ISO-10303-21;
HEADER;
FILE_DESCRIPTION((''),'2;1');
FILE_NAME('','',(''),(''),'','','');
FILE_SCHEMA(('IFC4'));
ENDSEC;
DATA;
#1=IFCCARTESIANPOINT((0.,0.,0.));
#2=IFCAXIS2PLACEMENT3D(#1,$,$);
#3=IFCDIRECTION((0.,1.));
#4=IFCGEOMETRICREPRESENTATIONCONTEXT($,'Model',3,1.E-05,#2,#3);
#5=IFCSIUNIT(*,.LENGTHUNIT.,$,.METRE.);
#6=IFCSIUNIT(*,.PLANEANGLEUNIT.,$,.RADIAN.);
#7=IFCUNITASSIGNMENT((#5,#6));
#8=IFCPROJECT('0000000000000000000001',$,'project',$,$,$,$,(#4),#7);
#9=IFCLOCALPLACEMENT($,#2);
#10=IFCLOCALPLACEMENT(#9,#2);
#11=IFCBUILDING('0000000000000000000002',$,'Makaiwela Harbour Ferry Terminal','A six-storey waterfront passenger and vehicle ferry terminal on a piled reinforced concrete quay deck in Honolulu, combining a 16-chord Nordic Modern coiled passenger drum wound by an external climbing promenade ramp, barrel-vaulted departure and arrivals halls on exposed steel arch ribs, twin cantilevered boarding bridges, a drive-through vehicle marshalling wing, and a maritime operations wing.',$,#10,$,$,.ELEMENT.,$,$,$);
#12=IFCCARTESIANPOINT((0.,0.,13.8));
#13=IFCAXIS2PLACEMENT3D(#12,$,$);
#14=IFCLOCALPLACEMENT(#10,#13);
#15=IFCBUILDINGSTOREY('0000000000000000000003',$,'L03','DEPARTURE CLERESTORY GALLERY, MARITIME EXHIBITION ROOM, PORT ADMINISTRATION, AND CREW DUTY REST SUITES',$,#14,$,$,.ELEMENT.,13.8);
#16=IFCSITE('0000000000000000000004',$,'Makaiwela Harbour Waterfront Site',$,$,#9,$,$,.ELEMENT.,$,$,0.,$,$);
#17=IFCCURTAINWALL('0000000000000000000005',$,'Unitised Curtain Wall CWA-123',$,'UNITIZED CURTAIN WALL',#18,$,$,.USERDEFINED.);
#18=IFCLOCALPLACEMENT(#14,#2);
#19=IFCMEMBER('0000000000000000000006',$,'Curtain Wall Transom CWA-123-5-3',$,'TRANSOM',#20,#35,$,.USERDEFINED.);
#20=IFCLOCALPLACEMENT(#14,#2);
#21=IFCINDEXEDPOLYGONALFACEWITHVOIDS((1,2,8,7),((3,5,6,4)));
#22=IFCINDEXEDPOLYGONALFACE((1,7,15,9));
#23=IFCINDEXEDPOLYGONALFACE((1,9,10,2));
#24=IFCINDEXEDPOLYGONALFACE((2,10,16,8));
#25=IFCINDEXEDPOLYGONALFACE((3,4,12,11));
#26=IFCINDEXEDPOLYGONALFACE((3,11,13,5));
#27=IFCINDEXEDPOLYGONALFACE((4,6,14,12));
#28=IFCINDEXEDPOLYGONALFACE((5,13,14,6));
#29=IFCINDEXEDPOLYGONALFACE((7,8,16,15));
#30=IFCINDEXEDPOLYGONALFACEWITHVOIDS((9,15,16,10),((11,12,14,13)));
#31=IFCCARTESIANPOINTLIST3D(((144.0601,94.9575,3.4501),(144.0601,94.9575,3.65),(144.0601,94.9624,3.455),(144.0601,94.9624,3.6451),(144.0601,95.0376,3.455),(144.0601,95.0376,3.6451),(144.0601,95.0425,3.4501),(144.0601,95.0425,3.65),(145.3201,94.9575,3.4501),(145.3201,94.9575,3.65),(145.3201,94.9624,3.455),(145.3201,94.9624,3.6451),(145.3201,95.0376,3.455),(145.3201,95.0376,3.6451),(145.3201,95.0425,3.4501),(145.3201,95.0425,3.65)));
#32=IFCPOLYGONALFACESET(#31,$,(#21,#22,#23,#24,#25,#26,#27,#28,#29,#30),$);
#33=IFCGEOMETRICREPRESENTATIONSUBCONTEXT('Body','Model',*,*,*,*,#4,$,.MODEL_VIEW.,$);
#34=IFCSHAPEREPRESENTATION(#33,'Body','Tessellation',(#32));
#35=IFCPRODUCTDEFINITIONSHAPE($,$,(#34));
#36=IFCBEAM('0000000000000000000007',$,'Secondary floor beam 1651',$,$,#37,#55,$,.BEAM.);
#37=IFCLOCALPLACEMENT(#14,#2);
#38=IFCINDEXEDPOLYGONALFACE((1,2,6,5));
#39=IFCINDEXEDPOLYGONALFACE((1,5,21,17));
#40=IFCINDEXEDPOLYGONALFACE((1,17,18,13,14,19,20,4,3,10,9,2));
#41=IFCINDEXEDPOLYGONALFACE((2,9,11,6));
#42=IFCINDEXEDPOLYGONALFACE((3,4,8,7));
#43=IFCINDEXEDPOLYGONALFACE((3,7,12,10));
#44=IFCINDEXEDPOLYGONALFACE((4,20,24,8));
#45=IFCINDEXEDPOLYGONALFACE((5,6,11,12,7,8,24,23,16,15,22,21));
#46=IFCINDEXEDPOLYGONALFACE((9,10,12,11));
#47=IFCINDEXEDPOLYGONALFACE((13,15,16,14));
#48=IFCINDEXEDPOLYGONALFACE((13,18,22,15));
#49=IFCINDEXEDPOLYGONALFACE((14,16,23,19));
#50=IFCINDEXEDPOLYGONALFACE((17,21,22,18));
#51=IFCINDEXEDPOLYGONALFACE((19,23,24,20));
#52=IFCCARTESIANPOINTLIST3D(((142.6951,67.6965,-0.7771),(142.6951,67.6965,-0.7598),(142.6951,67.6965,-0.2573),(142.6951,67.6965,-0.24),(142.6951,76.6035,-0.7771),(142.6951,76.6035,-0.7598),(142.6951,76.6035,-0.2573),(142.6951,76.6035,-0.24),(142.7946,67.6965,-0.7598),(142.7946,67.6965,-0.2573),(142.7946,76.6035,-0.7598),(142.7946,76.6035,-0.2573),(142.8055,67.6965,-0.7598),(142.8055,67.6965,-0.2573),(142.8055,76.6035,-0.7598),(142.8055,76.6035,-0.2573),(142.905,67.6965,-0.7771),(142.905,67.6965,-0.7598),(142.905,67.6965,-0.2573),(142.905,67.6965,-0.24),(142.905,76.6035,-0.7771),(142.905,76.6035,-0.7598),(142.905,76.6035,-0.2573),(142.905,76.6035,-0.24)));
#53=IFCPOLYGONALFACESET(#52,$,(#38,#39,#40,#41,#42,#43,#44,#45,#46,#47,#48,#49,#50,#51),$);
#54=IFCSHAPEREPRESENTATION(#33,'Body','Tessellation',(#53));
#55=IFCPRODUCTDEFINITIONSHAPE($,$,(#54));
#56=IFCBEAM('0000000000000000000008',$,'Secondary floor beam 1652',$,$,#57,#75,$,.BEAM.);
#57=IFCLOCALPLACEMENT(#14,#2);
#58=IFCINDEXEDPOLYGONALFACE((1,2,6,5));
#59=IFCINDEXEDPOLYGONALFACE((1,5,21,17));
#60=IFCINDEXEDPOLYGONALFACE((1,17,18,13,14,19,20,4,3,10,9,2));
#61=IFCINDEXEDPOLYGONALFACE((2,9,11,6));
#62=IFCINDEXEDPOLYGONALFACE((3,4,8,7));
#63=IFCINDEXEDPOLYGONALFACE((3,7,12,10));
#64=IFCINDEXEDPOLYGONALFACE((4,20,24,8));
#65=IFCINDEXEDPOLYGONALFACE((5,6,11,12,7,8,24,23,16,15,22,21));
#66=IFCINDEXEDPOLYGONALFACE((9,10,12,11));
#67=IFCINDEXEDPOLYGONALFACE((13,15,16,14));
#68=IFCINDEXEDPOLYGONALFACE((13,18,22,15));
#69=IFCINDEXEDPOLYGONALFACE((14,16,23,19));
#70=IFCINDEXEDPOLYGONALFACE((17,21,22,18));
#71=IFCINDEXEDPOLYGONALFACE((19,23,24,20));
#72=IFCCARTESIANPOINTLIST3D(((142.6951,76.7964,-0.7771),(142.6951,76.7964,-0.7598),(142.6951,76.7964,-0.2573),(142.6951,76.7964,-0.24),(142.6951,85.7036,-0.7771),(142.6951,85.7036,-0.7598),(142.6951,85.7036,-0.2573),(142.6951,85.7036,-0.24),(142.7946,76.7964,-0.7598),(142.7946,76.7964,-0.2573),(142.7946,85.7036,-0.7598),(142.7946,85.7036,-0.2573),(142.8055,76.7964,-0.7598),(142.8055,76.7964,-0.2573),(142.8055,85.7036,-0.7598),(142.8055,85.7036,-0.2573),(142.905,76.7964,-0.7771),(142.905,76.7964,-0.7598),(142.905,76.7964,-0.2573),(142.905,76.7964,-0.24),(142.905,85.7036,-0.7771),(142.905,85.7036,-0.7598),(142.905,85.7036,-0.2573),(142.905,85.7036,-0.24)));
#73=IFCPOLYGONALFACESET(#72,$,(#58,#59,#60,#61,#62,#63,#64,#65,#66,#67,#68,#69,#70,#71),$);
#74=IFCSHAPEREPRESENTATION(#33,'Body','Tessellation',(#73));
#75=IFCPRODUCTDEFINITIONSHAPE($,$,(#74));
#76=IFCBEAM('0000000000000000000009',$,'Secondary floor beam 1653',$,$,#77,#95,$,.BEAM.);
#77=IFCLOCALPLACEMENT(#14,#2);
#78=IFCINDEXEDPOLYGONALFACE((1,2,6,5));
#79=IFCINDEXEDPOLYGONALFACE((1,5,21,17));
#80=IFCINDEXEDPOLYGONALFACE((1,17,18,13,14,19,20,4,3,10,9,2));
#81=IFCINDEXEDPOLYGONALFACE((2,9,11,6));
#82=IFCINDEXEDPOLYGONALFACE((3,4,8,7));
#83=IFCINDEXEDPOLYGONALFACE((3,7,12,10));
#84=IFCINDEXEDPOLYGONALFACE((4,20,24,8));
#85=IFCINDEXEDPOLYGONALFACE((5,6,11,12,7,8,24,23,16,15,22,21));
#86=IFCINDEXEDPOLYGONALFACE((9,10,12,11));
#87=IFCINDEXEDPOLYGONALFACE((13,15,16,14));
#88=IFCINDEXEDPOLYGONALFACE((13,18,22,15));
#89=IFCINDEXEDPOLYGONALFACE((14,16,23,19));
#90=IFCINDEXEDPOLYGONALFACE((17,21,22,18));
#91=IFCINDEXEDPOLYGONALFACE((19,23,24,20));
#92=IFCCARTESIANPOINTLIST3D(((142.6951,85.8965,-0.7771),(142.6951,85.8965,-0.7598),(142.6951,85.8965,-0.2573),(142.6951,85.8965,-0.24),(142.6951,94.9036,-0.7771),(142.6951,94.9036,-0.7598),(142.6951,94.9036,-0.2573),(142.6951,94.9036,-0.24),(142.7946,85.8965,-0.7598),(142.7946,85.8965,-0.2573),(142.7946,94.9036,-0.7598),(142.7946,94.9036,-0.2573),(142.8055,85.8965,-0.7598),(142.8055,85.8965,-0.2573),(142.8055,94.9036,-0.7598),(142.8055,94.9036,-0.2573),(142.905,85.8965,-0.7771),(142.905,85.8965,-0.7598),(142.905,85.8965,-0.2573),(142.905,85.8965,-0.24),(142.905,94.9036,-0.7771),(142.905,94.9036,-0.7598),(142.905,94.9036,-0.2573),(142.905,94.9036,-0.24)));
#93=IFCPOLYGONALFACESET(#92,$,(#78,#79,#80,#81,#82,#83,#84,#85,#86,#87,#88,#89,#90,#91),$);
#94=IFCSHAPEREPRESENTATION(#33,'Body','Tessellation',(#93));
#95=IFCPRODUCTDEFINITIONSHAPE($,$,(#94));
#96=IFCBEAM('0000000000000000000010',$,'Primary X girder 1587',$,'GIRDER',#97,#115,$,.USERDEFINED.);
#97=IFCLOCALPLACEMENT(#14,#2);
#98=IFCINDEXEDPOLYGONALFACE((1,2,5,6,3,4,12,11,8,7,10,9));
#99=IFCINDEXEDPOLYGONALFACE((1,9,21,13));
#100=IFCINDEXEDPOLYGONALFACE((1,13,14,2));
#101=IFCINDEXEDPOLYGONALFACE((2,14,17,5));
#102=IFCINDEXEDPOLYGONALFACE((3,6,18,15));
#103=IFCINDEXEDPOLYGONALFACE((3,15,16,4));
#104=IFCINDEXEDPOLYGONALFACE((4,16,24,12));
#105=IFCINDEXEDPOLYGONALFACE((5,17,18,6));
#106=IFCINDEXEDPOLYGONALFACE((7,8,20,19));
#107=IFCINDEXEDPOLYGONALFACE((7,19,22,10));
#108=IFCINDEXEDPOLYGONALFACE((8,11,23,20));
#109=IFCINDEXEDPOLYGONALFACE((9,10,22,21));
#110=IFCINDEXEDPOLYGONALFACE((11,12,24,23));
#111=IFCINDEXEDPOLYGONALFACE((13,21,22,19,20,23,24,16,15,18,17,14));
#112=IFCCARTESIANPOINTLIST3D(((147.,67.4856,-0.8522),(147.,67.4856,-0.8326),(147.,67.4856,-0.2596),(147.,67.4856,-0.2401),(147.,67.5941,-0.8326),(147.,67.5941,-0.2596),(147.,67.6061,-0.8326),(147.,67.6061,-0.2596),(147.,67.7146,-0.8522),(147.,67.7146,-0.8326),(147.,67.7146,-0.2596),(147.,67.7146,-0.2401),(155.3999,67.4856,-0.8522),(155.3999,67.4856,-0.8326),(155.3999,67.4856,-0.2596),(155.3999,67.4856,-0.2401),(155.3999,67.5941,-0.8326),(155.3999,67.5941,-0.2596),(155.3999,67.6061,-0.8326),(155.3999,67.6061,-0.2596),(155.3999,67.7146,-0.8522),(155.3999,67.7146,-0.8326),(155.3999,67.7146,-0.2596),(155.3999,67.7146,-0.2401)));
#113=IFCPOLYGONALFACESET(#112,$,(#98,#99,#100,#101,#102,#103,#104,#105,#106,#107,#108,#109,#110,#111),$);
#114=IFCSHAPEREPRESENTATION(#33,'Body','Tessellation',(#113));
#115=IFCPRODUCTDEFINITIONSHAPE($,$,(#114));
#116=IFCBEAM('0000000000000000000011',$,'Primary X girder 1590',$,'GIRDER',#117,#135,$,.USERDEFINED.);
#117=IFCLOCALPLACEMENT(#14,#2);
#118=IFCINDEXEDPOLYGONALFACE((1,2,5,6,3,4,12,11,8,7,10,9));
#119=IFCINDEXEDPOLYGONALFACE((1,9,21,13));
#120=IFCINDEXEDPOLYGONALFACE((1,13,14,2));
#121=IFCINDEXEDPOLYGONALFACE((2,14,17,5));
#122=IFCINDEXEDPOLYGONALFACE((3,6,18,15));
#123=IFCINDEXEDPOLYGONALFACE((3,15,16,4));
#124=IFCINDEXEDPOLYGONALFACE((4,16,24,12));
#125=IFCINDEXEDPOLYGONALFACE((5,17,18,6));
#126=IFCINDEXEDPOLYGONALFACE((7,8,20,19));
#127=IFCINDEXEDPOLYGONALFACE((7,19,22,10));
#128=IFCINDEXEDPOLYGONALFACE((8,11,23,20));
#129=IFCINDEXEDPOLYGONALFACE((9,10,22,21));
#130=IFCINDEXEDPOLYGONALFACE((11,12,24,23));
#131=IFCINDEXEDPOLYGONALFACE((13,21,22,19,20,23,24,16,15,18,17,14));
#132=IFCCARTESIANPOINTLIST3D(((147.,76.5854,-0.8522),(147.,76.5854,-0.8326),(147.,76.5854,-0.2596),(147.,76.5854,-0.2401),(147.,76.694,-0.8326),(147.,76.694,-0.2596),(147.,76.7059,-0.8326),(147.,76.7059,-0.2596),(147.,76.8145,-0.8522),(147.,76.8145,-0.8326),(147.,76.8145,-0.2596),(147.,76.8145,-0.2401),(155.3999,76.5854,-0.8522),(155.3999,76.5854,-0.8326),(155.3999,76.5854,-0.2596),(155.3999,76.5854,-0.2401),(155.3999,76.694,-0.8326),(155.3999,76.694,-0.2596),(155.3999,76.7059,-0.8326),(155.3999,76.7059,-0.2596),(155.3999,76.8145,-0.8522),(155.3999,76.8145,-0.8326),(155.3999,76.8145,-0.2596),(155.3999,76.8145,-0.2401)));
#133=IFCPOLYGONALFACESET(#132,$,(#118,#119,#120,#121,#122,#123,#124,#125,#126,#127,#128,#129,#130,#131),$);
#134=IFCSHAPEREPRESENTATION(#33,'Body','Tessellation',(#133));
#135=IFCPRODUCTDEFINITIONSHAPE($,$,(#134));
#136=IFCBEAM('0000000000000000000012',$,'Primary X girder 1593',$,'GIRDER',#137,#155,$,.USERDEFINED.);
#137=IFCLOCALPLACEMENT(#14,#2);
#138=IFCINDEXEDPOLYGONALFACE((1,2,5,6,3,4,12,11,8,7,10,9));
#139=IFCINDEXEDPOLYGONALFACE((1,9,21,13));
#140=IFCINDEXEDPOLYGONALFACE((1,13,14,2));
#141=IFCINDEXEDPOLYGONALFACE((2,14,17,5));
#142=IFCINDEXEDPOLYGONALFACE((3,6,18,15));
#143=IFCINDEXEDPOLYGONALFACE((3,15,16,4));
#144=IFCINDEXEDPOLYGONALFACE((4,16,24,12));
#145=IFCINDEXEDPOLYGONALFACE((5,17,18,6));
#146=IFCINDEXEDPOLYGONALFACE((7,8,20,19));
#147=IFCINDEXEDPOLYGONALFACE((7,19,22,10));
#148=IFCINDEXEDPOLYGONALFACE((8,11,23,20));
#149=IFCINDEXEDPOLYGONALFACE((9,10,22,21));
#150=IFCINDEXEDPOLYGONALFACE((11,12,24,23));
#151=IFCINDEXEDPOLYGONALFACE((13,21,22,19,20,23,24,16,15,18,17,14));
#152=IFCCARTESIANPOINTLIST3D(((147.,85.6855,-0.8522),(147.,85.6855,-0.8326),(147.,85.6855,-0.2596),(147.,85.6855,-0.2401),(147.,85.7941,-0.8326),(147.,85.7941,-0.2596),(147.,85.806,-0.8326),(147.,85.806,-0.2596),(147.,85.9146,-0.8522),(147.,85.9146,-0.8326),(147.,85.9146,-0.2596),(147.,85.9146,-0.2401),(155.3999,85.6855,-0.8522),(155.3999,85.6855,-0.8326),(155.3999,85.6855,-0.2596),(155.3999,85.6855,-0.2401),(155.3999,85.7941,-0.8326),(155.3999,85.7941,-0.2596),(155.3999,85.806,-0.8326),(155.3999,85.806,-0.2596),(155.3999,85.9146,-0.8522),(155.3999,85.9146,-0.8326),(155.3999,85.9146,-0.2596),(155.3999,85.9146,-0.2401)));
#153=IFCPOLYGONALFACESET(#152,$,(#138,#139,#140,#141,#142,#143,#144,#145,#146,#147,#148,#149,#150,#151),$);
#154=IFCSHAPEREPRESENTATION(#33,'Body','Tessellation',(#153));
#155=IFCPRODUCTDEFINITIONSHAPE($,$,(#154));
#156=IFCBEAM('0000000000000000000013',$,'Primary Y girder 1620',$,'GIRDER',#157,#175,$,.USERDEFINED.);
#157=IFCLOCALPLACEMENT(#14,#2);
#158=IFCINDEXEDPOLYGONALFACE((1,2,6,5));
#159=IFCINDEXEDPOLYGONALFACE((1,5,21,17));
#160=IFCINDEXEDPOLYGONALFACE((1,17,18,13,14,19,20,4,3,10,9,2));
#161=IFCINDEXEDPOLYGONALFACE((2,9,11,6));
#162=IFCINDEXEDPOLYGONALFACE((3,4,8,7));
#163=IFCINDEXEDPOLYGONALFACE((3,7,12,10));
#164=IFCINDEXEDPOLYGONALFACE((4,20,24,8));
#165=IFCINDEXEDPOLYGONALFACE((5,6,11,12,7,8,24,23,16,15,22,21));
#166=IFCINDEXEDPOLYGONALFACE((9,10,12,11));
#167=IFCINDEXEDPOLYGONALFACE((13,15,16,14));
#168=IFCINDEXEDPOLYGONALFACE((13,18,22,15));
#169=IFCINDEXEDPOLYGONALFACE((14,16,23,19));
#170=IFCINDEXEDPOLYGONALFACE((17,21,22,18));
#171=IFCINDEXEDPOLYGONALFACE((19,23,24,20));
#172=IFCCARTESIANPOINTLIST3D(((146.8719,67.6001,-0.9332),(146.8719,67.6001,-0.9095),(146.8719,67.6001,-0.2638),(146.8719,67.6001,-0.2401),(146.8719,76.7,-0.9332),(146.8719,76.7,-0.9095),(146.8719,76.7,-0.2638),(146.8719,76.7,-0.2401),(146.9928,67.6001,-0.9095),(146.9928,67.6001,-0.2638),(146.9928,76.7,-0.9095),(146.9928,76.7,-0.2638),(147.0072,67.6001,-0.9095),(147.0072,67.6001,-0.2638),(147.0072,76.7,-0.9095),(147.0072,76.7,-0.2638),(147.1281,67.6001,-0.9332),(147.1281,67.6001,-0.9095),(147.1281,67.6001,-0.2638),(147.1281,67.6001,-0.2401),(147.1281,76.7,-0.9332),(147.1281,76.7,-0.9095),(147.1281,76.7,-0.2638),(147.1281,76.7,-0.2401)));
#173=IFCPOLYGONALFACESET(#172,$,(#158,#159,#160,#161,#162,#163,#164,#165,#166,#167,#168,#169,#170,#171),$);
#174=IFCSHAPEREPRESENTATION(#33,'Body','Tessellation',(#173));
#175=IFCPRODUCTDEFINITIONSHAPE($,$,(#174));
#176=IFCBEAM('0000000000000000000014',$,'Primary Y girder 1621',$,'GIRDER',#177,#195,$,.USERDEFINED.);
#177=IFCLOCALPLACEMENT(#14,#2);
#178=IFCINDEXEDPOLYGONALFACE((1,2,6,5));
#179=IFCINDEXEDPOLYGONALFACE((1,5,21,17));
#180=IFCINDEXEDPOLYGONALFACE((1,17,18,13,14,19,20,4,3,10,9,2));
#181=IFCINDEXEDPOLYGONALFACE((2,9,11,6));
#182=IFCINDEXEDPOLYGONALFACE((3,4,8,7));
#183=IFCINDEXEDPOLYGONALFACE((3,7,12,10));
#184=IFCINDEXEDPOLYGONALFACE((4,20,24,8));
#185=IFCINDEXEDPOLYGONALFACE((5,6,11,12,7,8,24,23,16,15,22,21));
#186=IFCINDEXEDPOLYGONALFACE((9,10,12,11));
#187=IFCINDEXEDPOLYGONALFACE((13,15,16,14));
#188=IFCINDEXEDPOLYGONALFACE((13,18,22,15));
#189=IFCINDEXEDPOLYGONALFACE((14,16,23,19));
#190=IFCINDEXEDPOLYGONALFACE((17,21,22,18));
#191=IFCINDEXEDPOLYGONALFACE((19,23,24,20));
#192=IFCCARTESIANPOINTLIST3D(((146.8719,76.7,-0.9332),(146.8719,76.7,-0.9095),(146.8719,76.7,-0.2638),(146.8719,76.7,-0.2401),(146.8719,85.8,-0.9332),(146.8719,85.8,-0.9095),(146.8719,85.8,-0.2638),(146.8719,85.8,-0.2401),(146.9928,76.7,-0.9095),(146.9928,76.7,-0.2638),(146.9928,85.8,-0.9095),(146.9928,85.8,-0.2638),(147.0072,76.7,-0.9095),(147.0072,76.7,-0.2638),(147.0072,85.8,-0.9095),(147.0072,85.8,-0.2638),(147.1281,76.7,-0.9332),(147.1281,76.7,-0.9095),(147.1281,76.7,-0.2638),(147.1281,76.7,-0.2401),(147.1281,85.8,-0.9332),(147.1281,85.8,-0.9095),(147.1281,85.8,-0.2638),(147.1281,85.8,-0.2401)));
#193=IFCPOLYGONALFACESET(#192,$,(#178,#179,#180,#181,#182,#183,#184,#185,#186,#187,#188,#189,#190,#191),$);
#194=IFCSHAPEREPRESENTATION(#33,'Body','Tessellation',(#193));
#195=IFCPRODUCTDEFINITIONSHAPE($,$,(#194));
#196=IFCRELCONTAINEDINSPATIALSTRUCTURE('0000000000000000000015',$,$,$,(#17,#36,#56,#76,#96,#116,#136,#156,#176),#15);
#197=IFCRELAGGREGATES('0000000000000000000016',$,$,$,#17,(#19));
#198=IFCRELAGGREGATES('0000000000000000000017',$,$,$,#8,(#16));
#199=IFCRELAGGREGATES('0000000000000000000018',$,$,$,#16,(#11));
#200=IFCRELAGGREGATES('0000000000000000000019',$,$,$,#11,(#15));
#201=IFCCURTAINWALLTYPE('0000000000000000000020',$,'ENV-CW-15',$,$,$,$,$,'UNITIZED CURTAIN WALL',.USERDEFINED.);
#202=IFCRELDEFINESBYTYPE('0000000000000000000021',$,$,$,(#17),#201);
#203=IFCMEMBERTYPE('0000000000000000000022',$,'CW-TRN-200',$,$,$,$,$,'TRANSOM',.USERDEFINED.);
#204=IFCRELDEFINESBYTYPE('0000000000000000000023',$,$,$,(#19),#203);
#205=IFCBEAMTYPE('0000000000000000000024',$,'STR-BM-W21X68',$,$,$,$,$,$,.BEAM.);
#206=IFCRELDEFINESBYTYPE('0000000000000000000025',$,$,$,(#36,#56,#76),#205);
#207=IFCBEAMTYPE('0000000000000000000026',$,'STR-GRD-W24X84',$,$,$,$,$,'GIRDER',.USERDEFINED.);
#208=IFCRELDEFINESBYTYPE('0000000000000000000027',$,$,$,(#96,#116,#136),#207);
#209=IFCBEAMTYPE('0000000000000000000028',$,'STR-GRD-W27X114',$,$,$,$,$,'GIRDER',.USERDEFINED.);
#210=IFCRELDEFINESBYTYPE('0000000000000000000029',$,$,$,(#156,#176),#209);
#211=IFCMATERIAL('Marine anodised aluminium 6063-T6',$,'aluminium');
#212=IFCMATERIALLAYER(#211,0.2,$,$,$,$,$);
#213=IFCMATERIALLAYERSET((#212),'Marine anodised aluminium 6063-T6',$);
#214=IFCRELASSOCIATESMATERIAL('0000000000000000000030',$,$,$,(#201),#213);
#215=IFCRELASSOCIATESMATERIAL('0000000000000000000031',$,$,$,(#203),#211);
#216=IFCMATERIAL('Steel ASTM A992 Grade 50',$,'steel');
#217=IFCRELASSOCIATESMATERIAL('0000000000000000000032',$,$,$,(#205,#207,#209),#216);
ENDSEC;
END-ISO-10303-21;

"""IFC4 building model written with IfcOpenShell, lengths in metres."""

from ifc_helpers import new_model, si_unit, direction, frame, origin, origin_2d, place, context, subcontext, project, spatial, hollow_rectangle, i_section, extrude, material, layer, layer_set, material_profile, profile_set, type_object, element, aggregate, save


model = new_model("IFC4")

# Units and contexts
model_context = context("Model", 3, precision=1e-05, world=origin(), true_north=direction((0.0, 1.0)))
body_context = subcontext(model_context, "Body", "Model", "MODEL_VIEW")
ifc_project = project(units=[si_unit("LENGTHUNIT", "METRE"), si_unit("PLANEANGLEUNIT", "RADIAN")], contexts=[model_context])

# Site, building, storey
site_placement = place(None, origin())
site = spatial("IfcSite", under=ifc_project, at=site_placement, Name="Makaiwela Harbour Waterfront Site", CompositionType="ELEMENT", RefElevation=0.0)
building_placement = place(site_placement, origin())
building = spatial("IfcBuilding", under=site, at=building_placement, Name="Makaiwela Harbour Ferry Terminal", Description="A six-storey waterfront passenger and vehicle ferry terminal on a piled reinforced concrete quay deck in Honolulu, combining a 16-chord Nordic Modern coiled passenger drum wound by an external climbing promenade ramp, barrel-vaulted departure and arrivals halls on exposed steel arch ribs, twin cantilevered boarding bridges, a drive-through vehicle marshalling wing, and a maritime operations wing.", CompositionType="ELEMENT")
storey_placement = place(building_placement, frame((0.0, 0.0, 13.8)))
storey = spatial("IfcBuildingStorey", under=building, at=storey_placement, Name="L03", Description="DEPARTURE CLERESTORY GALLERY, MARITIME EXHIBITION ROOM, PORT ADMINISTRATION, AND CREW DUTY REST SUITES", CompositionType="ELEMENT", Elevation=13.8)

# Shared definitions
ifc_material_1 = material(Name="Steel ASTM A992 Grade 50", Category="steel")

# Curtain wall, member
ifc_material_2 = material(Name="Marine anodised aluminium 6063-T6", Category="aluminium")
ifc_layer_1 = layer(ifc_material_2, 0.2)
ifc_layer_set_1 = layer_set([ifc_layer_1], Name="Marine anodised aluminium 6063-T6")
curtain_wall_type = type_object("IfcCurtainWallType", Name="ENV-CW-15", ElementType="UNITIZED CURTAIN WALL", PredefinedType="USERDEFINED", material=ifc_layer_set_1)
curtain_wall_placement = place(storey_placement, origin())
curtain_wall = element("IfcCurtainWall", 1, at=curtain_wall_placement, inside=storey, type_object=curtain_wall_type, Name="Unitised Curtain Wall CWA-123", ObjectType="UNITIZED CURTAIN WALL", PredefinedType="USERDEFINED")
ifc_material_profile_1 = material_profile(ifc_material_2, hollow_rectangle(XDim=0.085, YDim=0.2, WallThickness=0.0049, at=origin_2d()), Name="CWT-200X85")
ifc_profile_set_1 = profile_set([ifc_material_profile_1], Name="Marine anodised aluminium 6063-T6")
member_type_1 = type_object("IfcMemberType", Name="CW-TRN-200", ElementType="TRANSOM", PredefinedType="USERDEFINED", material=ifc_profile_set_1)
member_1_placement = place(storey_placement, frame((144.0601, 95.0, 3.55), z_axis=(1.0, 0.0, 0.0), x_axis=(0.0, 1.0, 0.0)))
member_1 = element("IfcMember", 2, at=member_1_placement, type_object=member_type_1, Name="Curtain Wall Transom CWA-123-5-3", ObjectType="TRANSOM", PredefinedType="USERDEFINED", context=body_context, shape_type="SweptSolid", body=[
    extrude(hollow_rectangle(XDim=0.085, YDim=0.2, WallThickness=0.0049, at=origin_2d()), origin(), (0.0, 0.0, 1.0), 1.26),
])

# Beams
ifc_material_profile_2 = material_profile(ifc_material_1, i_section(OverallWidth=0.21, OverallDepth=0.5371, WebThickness=0.011, FlangeThickness=0.0173, at=origin_2d()), Name="W21X68")
ifc_profile_set_2 = profile_set([ifc_material_profile_2], Name="Steel ASTM A992 Grade 50")
beam_type_1 = type_object("IfcBeamType", Name="STR-BM-W21X68", PredefinedType="BEAM", material=ifc_profile_set_2)
beam_1_placement = place(storey_placement, frame((142.8, 67.6965, -0.5085), z_axis=(0.0, 1.0, 0.0), x_axis=(-1.0, 0.0, 0.0)))
element("IfcBeam", 3, at=beam_1_placement, inside=storey, type_object=beam_type_1, Name="Secondary floor beam 1651", PredefinedType="BEAM", context=body_context, shape_type="SweptSolid", body=[
    extrude(i_section(OverallWidth=0.21, OverallDepth=0.5371, WebThickness=0.011, FlangeThickness=0.0173, at=origin_2d()), origin(), (0.0, 0.0, 1.0), 8.907),
])
beam_2_placement = place(storey_placement, frame((142.8, 76.7964, -0.5085), z_axis=(0.0, 1.0, 0.0), x_axis=(-1.0, 0.0, 0.0)))
element("IfcBeam", 4, at=beam_2_placement, inside=storey, type_object=beam_type_1, Name="Secondary floor beam 1652", PredefinedType="BEAM", context=body_context, shape_type="SweptSolid", body=[
    extrude(i_section(OverallWidth=0.21, OverallDepth=0.5371, WebThickness=0.011, FlangeThickness=0.0173, at=origin_2d()), origin(), (0.0, 0.0, 1.0), 8.9072),
])
beam_3_placement = place(storey_placement, frame((142.8, 85.8965, -0.5085), z_axis=(0.0, 1.0, 0.0), x_axis=(-1.0, 0.0, 0.0)))
element("IfcBeam", 5, at=beam_3_placement, inside=storey, type_object=beam_type_1, Name="Secondary floor beam 1653", PredefinedType="BEAM", context=body_context, shape_type="SweptSolid", body=[
    extrude(i_section(OverallWidth=0.21, OverallDepth=0.5371, WebThickness=0.011, FlangeThickness=0.0173, at=origin_2d()), origin(), (0.0, 0.0, 1.0), 9.0071),
])
ifc_material_profile_3 = material_profile(ifc_material_1, i_section(OverallWidth=0.229, OverallDepth=0.6121, WebThickness=0.012, FlangeThickness=0.0195, at=origin_2d()), Name="W24X84")
ifc_profile_set_3 = profile_set([ifc_material_profile_3], Name="Steel ASTM A992 Grade 50")
beam_type_2 = type_object("IfcBeamType", Name="STR-GRD-W24X84", ElementType="GIRDER", PredefinedType="USERDEFINED", material=ifc_profile_set_3)
for number, where, z_axis, x_axis, name in (
    (6, (147.0, 67.6001, -0.5461), (1.0, 0.0, 0.0), (0.0, 1.0, 0.0), "Primary X girder 1587"),
    (7, (147.0, 76.7, -0.5461), (1.0, 0.0, 0.0), (0.0, 1.0, 0.0), "Primary X girder 1590"),
    (8, (147.0, 85.8, -0.5461), (1.0, 0.0, 0.0), (0.0, 1.0, 0.0), "Primary X girder 1593"),
):
    element("IfcBeam", number, at=place(storey_placement, frame(where, z_axis=z_axis, x_axis=x_axis)), inside=storey, type_object=beam_type_2, Name=name, ObjectType="GIRDER", PredefinedType="USERDEFINED", context=body_context, shape_type="SweptSolid", body=[
        extrude(i_section(OverallWidth=0.229, OverallDepth=0.6121, WebThickness=0.012, FlangeThickness=0.0195, at=origin_2d()), origin(), (0.0, 0.0, 1.0), 8.3999),
    ])
ifc_material_profile_4 = material_profile(ifc_material_1, i_section(OverallWidth=0.2561, OverallDepth=0.6931, WebThickness=0.0144, FlangeThickness=0.0237, at=origin_2d()), Name="W27X114")
ifc_profile_set_4 = profile_set([ifc_material_profile_4], Name="Steel ASTM A992 Grade 50")
beam_type_3 = type_object("IfcBeamType", Name="STR-GRD-W27X114", ElementType="GIRDER", PredefinedType="USERDEFINED", material=ifc_profile_set_4)
beam_4_placement = place(storey_placement, frame((147.0, 67.6001, -0.5867), z_axis=(0.0, 1.0, 0.0), x_axis=(-1.0, 0.0, 0.0)))
element("IfcBeam", 9, at=beam_4_placement, inside=storey, type_object=beam_type_3, Name="Primary Y girder 1620", ObjectType="GIRDER", PredefinedType="USERDEFINED", context=body_context, shape_type="SweptSolid", body=[
    extrude(i_section(OverallWidth=0.2561, OverallDepth=0.6931, WebThickness=0.0144, FlangeThickness=0.0237, at=origin_2d()), origin(), (0.0, 0.0, 1.0), 9.0999),
])
beam_5_placement = place(storey_placement, frame((147.0, 76.7, -0.5867), z_axis=(0.0, 1.0, 0.0), x_axis=(-1.0, 0.0, 0.0)))
element("IfcBeam", 10, at=beam_5_placement, inside=storey, type_object=beam_type_3, Name="Primary Y girder 1621", ObjectType="GIRDER", PredefinedType="USERDEFINED", context=body_context, shape_type="SweptSolid", body=[
    extrude(i_section(OverallWidth=0.2561, OverallDepth=0.6931, WebThickness=0.0144, FlangeThickness=0.0237, at=origin_2d()), origin(), (0.0, 0.0, 1.0), 9.1001),
])

aggregate(curtain_wall, [member_1])

save(model, "model.ifc")
